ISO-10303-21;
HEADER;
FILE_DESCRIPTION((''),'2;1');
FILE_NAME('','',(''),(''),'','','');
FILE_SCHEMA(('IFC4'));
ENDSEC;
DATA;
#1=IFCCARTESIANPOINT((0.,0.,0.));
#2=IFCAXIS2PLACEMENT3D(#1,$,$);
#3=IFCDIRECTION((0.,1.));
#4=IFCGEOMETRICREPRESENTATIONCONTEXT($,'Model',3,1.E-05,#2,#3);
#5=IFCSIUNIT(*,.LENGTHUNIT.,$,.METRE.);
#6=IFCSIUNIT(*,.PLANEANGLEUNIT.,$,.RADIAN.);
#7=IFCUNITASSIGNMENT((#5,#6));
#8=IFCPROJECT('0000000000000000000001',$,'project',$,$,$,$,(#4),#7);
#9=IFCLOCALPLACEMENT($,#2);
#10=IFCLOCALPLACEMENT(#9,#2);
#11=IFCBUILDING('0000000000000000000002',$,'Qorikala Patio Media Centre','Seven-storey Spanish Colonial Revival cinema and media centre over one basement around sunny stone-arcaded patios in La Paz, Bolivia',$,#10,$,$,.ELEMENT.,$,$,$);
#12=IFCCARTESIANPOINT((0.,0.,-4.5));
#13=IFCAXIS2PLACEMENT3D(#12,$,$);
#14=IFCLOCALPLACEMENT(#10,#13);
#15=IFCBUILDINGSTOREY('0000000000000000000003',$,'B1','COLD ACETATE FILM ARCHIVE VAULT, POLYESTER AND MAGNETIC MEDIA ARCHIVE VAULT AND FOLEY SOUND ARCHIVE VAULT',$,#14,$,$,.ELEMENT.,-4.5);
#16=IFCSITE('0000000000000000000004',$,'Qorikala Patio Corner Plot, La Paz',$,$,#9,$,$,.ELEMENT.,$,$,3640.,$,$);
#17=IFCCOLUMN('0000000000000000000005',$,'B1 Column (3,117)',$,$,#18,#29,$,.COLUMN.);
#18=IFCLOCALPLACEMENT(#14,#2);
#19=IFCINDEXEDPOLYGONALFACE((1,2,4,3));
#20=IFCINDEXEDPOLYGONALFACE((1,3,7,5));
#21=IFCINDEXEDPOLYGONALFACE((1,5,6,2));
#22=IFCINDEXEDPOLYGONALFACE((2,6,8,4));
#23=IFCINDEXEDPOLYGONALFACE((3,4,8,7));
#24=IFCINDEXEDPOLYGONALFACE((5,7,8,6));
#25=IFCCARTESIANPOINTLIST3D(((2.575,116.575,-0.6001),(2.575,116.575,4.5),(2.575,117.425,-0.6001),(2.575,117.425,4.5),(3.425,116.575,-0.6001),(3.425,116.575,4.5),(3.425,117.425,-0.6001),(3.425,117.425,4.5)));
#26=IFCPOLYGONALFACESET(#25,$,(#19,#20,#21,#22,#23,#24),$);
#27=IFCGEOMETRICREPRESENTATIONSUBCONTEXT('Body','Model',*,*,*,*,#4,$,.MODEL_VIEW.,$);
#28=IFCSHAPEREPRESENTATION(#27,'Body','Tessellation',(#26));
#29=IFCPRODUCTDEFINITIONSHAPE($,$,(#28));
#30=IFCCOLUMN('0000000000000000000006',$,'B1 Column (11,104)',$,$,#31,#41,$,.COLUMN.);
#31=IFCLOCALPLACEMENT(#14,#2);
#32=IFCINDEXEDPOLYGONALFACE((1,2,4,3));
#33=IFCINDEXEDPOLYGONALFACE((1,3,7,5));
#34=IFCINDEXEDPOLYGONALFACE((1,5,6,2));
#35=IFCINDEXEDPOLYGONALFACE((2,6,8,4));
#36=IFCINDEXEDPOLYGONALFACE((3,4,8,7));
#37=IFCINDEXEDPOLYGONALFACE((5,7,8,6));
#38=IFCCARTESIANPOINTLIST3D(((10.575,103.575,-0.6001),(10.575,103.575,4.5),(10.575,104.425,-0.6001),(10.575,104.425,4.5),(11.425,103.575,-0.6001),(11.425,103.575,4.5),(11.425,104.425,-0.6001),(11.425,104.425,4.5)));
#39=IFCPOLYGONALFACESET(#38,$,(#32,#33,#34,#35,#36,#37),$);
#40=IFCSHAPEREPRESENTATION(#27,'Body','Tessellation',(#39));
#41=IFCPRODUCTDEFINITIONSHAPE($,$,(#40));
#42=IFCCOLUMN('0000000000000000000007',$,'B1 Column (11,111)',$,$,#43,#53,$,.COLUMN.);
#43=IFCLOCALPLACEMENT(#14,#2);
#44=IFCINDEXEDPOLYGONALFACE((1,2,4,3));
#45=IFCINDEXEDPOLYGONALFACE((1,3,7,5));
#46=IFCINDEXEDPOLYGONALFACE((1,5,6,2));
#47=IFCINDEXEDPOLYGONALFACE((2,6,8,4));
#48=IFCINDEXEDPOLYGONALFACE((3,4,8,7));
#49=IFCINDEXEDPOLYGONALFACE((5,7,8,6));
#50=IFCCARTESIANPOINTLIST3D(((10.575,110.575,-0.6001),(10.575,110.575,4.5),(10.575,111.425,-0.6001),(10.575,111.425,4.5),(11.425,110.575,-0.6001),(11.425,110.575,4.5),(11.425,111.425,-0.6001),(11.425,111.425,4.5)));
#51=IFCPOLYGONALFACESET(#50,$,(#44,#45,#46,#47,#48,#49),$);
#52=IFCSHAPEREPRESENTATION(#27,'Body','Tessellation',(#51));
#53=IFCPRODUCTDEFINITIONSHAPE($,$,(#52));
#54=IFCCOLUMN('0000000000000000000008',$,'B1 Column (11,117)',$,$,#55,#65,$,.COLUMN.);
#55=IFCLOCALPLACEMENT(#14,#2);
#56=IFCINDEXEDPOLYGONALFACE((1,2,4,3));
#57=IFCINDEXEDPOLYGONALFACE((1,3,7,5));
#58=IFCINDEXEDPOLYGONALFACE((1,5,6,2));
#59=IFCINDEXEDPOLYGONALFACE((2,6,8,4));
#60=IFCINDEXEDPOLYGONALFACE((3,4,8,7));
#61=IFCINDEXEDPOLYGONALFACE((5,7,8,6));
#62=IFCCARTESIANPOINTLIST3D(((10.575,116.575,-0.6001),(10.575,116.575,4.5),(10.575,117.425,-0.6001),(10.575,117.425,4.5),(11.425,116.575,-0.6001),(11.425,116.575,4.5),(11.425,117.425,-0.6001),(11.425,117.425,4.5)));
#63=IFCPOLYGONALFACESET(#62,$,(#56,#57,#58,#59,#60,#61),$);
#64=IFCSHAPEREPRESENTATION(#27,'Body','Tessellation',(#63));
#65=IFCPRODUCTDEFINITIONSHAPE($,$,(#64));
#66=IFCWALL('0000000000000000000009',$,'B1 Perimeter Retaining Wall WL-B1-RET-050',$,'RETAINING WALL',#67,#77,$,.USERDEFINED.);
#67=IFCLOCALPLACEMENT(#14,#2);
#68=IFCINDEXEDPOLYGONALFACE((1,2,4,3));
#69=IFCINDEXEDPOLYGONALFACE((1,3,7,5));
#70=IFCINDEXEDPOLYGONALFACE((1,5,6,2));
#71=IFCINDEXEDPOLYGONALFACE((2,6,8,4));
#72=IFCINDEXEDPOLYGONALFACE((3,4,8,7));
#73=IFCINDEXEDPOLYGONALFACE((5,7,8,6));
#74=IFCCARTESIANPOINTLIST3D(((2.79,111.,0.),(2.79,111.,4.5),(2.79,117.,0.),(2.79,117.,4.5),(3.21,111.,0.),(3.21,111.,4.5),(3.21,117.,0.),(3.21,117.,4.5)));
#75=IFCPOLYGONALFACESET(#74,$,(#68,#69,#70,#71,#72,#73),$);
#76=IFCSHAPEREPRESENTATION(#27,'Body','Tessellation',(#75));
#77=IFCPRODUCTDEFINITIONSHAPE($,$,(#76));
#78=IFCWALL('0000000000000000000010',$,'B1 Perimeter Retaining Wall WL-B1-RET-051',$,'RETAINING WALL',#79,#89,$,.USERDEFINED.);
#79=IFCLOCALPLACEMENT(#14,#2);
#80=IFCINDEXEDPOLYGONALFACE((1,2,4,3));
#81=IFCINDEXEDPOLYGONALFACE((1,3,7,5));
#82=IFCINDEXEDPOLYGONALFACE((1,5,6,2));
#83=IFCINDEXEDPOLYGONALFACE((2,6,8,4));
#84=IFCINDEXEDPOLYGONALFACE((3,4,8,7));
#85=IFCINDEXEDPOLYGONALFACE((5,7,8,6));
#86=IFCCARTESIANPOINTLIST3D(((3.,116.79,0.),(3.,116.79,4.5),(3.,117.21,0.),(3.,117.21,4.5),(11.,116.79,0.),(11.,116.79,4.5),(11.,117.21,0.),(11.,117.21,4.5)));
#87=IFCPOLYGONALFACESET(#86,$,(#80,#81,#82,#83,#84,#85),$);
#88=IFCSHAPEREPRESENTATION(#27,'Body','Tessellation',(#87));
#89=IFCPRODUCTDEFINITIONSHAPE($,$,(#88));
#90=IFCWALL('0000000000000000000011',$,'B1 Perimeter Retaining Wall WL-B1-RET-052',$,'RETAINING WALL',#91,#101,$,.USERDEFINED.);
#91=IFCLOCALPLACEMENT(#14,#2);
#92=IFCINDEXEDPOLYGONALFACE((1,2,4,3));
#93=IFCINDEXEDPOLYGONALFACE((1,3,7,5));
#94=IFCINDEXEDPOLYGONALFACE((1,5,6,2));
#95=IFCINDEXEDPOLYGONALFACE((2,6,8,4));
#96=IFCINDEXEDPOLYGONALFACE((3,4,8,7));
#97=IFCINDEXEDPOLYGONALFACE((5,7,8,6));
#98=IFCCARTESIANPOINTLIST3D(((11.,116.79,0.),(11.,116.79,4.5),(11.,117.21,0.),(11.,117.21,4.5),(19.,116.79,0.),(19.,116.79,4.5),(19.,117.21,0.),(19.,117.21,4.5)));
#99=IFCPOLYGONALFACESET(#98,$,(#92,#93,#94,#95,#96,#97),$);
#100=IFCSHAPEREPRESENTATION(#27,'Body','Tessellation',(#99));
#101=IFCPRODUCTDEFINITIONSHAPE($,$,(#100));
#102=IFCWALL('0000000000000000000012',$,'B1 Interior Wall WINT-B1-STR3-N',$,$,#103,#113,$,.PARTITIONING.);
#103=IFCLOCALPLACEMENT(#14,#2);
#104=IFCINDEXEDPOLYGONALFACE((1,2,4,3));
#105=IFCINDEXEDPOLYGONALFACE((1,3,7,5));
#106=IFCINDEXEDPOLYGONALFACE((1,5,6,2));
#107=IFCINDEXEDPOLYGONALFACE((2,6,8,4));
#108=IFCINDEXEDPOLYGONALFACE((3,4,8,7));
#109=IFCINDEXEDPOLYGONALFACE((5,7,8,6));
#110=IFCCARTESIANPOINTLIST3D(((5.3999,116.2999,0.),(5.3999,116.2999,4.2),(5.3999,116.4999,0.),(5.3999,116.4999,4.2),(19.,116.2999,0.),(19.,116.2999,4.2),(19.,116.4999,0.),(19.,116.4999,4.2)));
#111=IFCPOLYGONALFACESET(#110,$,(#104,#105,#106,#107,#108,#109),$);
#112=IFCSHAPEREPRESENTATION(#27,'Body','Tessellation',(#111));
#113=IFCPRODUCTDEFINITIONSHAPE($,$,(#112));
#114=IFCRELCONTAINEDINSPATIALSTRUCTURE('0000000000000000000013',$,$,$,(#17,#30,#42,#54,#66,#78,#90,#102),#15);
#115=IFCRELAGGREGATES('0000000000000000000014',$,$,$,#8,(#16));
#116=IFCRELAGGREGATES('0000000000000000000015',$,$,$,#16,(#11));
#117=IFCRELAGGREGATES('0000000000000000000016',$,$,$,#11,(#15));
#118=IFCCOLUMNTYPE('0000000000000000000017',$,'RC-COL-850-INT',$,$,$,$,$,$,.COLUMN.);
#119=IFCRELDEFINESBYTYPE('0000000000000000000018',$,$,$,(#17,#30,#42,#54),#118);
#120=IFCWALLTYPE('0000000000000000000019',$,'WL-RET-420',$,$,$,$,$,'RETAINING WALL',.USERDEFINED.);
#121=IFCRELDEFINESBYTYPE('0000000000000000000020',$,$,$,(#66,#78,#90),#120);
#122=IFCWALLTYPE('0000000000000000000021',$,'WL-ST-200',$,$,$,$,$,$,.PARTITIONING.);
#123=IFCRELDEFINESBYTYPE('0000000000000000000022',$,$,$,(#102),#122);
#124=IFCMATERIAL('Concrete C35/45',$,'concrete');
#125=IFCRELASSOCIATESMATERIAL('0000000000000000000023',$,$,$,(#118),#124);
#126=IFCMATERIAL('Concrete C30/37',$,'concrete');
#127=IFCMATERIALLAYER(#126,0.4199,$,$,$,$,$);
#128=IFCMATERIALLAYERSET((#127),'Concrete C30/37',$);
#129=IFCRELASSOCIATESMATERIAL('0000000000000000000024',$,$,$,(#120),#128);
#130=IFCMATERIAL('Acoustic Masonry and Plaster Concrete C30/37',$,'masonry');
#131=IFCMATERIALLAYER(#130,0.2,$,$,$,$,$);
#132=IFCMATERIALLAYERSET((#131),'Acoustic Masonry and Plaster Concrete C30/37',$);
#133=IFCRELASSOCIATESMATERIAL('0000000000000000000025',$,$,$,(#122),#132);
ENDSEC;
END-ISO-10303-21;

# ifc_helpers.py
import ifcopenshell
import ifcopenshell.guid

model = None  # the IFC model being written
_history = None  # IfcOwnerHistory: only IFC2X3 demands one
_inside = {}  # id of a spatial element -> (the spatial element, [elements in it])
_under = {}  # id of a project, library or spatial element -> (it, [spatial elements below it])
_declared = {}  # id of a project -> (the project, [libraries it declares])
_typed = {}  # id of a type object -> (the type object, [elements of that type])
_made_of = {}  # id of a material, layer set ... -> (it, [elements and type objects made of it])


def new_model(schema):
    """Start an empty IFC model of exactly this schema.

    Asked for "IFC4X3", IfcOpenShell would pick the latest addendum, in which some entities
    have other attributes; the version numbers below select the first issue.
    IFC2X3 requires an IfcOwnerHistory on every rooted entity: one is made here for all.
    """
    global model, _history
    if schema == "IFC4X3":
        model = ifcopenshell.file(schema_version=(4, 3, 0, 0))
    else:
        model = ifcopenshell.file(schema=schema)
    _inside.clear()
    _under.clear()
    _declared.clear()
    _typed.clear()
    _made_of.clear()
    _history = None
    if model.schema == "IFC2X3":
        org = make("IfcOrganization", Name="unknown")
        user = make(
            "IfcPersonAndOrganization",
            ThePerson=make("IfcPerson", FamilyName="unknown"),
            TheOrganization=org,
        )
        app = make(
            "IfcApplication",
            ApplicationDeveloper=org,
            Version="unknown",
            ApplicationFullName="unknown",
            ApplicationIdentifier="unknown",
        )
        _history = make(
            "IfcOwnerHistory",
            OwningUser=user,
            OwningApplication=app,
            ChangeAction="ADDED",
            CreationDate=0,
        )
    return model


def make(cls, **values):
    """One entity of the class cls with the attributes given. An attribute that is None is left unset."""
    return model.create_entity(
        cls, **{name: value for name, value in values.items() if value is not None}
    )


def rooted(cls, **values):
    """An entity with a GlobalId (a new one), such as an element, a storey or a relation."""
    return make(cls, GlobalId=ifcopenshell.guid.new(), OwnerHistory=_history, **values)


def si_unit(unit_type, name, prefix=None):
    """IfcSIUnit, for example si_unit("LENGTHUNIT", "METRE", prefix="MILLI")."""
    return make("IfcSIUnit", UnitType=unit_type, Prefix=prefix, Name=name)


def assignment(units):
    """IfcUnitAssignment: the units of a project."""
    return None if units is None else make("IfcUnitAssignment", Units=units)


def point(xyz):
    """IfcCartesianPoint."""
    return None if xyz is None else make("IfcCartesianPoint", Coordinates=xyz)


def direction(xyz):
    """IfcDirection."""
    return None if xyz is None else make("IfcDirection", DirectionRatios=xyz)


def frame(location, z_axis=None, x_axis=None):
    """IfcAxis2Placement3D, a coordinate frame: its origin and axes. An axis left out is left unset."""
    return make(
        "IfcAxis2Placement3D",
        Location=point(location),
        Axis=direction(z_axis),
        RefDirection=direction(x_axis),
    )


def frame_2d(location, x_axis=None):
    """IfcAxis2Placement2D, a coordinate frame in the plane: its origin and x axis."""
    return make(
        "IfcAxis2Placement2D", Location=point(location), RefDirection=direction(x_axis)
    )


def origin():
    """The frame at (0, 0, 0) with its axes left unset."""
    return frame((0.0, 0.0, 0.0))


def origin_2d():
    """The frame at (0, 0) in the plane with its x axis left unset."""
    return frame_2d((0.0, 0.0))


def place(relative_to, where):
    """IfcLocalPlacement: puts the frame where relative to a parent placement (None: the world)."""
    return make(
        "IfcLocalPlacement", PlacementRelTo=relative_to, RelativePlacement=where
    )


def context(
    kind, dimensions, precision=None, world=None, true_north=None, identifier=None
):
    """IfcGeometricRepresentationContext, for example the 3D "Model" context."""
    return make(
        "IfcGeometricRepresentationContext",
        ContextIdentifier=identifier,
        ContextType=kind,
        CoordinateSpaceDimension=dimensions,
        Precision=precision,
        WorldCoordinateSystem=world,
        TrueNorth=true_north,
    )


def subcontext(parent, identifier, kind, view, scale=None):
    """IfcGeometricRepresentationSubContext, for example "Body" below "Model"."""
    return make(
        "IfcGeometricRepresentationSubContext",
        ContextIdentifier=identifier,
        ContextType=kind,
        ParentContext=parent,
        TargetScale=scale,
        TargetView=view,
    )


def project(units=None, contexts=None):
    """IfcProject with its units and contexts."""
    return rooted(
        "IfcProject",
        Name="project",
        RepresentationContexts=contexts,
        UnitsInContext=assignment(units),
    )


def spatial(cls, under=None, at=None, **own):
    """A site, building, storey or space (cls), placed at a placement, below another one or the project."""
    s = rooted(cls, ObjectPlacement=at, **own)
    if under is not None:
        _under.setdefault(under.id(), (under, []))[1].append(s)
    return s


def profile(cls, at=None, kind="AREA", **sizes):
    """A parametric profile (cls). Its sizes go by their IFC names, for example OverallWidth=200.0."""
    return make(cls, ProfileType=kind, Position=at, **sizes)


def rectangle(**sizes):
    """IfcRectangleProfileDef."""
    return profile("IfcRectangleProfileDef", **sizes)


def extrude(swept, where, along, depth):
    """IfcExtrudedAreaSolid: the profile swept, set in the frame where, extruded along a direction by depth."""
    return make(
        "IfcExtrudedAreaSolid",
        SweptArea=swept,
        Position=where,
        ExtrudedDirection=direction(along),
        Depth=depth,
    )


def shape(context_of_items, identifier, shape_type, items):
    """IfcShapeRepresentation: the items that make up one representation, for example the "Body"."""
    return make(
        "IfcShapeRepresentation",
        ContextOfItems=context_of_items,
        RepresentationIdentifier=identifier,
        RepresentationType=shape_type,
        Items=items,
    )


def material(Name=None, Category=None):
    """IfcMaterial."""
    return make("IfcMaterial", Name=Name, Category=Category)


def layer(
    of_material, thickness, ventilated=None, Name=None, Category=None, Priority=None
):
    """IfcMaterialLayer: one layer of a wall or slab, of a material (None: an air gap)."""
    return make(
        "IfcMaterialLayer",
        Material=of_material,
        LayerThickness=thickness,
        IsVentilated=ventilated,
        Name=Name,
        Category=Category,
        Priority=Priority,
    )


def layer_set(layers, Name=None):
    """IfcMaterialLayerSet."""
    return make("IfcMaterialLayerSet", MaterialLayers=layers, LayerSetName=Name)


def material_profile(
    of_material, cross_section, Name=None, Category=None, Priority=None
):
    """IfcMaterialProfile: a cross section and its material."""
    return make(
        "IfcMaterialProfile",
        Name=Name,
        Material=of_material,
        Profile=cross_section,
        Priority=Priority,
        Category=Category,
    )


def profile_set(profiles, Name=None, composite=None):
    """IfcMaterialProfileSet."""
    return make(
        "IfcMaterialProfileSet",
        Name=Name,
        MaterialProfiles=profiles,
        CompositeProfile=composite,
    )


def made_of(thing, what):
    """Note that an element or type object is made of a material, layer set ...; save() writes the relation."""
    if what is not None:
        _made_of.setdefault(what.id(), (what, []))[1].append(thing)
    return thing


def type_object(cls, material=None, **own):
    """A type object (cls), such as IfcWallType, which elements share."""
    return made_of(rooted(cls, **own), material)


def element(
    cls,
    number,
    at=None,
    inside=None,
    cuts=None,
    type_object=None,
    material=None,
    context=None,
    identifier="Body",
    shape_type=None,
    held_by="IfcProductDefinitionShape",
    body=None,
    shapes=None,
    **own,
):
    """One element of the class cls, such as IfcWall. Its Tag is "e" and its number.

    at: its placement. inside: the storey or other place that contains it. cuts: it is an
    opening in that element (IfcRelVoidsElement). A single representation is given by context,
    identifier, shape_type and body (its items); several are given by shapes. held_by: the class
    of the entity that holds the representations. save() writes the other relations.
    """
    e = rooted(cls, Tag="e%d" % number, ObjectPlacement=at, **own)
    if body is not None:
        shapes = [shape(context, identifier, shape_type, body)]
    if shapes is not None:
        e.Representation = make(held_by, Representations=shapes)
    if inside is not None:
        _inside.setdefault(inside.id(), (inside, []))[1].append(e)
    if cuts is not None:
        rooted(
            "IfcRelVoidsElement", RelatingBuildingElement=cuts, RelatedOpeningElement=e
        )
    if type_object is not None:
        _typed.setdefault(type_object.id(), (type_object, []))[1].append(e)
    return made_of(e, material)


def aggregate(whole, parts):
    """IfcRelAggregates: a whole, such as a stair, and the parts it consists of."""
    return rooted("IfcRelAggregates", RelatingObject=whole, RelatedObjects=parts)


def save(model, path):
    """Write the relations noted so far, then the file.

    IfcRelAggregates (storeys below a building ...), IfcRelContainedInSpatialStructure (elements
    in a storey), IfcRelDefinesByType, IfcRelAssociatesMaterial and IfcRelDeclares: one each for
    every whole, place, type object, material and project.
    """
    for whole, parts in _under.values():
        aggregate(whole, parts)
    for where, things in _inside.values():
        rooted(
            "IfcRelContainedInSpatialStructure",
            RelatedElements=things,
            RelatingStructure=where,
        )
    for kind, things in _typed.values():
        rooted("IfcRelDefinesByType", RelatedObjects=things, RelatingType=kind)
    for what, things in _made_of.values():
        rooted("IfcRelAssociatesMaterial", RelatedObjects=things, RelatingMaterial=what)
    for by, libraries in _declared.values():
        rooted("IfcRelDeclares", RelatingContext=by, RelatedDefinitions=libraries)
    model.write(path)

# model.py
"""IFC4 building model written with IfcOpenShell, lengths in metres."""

from ifc_helpers import new_model, si_unit, direction, frame, frame_2d, origin, origin_2d, place, context, subcontext, project, spatial, rectangle, extrude, material, layer, layer_set, material_profile, profile_set, type_object, element, save


model = new_model("IFC4")

# Units and contexts
model_context = context("Model", 3, precision=1e-05, world=origin(), true_north=direction((0.0, 1.0)))
body_context = subcontext(model_context, "Body", "Model", "MODEL_VIEW")
ifc_project = project(units=[si_unit("LENGTHUNIT", "METRE"), si_unit("PLANEANGLEUNIT", "RADIAN")], contexts=[model_context])

# Site, building, storey
site_placement = place(None, origin())
site = spatial("IfcSite", under=ifc_project, at=site_placement, Name="Qorikala Patio Corner Plot, La Paz", CompositionType="ELEMENT", RefElevation=3640.0)
building_placement = place(site_placement, origin())
building = spatial("IfcBuilding", under=site, at=building_placement, Name="Qorikala Patio Media Centre", Description="Seven-storey Spanish Colonial Revival cinema and media centre over one basement around sunny stone-arcaded patios in La Paz, Bolivia", CompositionType="ELEMENT")
storey_placement = place(building_placement, frame((0.0, 0.0, -4.5)))
storey = spatial("IfcBuildingStorey", under=building, at=storey_placement, Name="B1", Description="COLD ACETATE FILM ARCHIVE VAULT, POLYESTER AND MAGNETIC MEDIA ARCHIVE VAULT AND FOLEY SOUND ARCHIVE VAULT", CompositionType="ELEMENT", Elevation=-4.5)

# Shared definitions
ifc_material_1 = material(Name="Concrete C30/37", Category="concrete")

# Columns
ifc_material_2 = material(Name="Concrete C35/45", Category="concrete")
ifc_material_profile_1 = material_profile(ifc_material_2, rectangle(XDim=0.8501, YDim=0.8501, at=origin_2d()), Name="RC 850x850")
ifc_profile_set_1 = profile_set([ifc_material_profile_1], Name="Concrete C35/45")
column_type = type_object("IfcColumnType", Name="RC-COL-850-INT", PredefinedType="COLUMN", material=ifc_profile_set_1)
for number, where, z_axis, x_axis, name in (
    (1, (3.0, 117.0, -0.6001), (0.0, 0.0, 1.0), (1.0, 0.0, 0.0), "B1 Column (3,117)"),
    (2, (11.0, 104.0, -0.6001), (0.0, 0.0, 1.0), (1.0, 0.0, 0.0), "B1 Column (11,104)"),
    (3, (11.0, 111.0, -0.6001), (0.0, 0.0, 1.0), (1.0, 0.0, 0.0), "B1 Column (11,111)"),
    (4, (11.0, 117.0, -0.6001), (0.0, 0.0, 1.0), (1.0, 0.0, 0.0), "B1 Column (11,117)"),
):
    element("IfcColumn", number, at=place(storey_placement, frame(where, z_axis=z_axis, x_axis=x_axis)), inside=storey, type_object=column_type, Name=name, PredefinedType="COLUMN", context=body_context, shape_type="SweptSolid", body=[
        extrude(rectangle(XDim=0.8501, YDim=0.8501, at=origin_2d()), origin(), (0.0, 0.0, 1.0), 5.1001),
    ])

# Walls
ifc_layer_1 = layer(ifc_material_1, 0.4199)
ifc_layer_set_1 = layer_set([ifc_layer_1], Name="Concrete C30/37")
wall_type_1 = type_object("IfcWallType", Name="WL-RET-420", ElementType="RETAINING WALL", PredefinedType="USERDEFINED", material=ifc_layer_set_1)
wall_1_placement = place(storey_placement, frame((3.0, 111.0, 0.0), z_axis=(0.0, 0.0, 1.0), x_axis=(0.0, 1.0, 0.0)))
element("IfcWall", 5, at=wall_1_placement, inside=storey, type_object=wall_type_1, Name="B1 Perimeter Retaining Wall WL-B1-RET-050", ObjectType="RETAINING WALL", PredefinedType="USERDEFINED", context=body_context, shape_type="SweptSolid", body=[
    extrude(rectangle(XDim=6.0, YDim=0.4199, at=frame_2d((3.0, 0.0))), origin(), (0.0, 0.0, 1.0), 4.5),
])
for number, where, z_axis, x_axis, name in (
    (6, (3.0, 117.0, 0.0), (0.0, 0.0, 1.0), (1.0, 0.0, 0.0), "B1 Perimeter Retaining Wall WL-B1-RET-051"),
    (7, (11.0, 117.0, 0.0), (0.0, 0.0, 1.0), (1.0, 0.0, 0.0), "B1 Perimeter Retaining Wall WL-B1-RET-052"),
):
    element("IfcWall", number, at=place(storey_placement, frame(where, z_axis=z_axis, x_axis=x_axis)), inside=storey, type_object=wall_type_1, Name=name, ObjectType="RETAINING WALL", PredefinedType="USERDEFINED", context=body_context, shape_type="SweptSolid", body=[
        extrude(rectangle(XDim=8.0, YDim=0.4199, at=frame_2d((4.0, 0.0))), origin(), (0.0, 0.0, 1.0), 4.5),
    ])
ifc_material_3 = material(Name="Acoustic Masonry and Plaster Concrete C30/37", Category="masonry")
ifc_layer_2 = layer(ifc_material_3, 0.2)
ifc_layer_set_2 = layer_set([ifc_layer_2], Name="Acoustic Masonry and Plaster Concrete C30/37")
wall_type_2 = type_object("IfcWallType", Name="WL-ST-200", PredefinedType="PARTITIONING", material=ifc_layer_set_2)
wall_2_placement = place(storey_placement, frame((5.3999, 116.3999, 0.0), z_axis=(0.0, 0.0, 1.0), x_axis=(1.0, 0.0, 0.0)))
element("IfcWall", 8, at=wall_2_placement, inside=storey, type_object=wall_type_2, Name="B1 Interior Wall WINT-B1-STR3-N", PredefinedType="PARTITIONING", context=body_context, shape_type="SweptSolid", body=[
    extrude(rectangle(XDim=13.6001, YDim=0.2, at=frame_2d((6.8, 0.0))), origin(), (0.0, 0.0, 1.0), 4.2),
])

save(model, "model.ifc")
